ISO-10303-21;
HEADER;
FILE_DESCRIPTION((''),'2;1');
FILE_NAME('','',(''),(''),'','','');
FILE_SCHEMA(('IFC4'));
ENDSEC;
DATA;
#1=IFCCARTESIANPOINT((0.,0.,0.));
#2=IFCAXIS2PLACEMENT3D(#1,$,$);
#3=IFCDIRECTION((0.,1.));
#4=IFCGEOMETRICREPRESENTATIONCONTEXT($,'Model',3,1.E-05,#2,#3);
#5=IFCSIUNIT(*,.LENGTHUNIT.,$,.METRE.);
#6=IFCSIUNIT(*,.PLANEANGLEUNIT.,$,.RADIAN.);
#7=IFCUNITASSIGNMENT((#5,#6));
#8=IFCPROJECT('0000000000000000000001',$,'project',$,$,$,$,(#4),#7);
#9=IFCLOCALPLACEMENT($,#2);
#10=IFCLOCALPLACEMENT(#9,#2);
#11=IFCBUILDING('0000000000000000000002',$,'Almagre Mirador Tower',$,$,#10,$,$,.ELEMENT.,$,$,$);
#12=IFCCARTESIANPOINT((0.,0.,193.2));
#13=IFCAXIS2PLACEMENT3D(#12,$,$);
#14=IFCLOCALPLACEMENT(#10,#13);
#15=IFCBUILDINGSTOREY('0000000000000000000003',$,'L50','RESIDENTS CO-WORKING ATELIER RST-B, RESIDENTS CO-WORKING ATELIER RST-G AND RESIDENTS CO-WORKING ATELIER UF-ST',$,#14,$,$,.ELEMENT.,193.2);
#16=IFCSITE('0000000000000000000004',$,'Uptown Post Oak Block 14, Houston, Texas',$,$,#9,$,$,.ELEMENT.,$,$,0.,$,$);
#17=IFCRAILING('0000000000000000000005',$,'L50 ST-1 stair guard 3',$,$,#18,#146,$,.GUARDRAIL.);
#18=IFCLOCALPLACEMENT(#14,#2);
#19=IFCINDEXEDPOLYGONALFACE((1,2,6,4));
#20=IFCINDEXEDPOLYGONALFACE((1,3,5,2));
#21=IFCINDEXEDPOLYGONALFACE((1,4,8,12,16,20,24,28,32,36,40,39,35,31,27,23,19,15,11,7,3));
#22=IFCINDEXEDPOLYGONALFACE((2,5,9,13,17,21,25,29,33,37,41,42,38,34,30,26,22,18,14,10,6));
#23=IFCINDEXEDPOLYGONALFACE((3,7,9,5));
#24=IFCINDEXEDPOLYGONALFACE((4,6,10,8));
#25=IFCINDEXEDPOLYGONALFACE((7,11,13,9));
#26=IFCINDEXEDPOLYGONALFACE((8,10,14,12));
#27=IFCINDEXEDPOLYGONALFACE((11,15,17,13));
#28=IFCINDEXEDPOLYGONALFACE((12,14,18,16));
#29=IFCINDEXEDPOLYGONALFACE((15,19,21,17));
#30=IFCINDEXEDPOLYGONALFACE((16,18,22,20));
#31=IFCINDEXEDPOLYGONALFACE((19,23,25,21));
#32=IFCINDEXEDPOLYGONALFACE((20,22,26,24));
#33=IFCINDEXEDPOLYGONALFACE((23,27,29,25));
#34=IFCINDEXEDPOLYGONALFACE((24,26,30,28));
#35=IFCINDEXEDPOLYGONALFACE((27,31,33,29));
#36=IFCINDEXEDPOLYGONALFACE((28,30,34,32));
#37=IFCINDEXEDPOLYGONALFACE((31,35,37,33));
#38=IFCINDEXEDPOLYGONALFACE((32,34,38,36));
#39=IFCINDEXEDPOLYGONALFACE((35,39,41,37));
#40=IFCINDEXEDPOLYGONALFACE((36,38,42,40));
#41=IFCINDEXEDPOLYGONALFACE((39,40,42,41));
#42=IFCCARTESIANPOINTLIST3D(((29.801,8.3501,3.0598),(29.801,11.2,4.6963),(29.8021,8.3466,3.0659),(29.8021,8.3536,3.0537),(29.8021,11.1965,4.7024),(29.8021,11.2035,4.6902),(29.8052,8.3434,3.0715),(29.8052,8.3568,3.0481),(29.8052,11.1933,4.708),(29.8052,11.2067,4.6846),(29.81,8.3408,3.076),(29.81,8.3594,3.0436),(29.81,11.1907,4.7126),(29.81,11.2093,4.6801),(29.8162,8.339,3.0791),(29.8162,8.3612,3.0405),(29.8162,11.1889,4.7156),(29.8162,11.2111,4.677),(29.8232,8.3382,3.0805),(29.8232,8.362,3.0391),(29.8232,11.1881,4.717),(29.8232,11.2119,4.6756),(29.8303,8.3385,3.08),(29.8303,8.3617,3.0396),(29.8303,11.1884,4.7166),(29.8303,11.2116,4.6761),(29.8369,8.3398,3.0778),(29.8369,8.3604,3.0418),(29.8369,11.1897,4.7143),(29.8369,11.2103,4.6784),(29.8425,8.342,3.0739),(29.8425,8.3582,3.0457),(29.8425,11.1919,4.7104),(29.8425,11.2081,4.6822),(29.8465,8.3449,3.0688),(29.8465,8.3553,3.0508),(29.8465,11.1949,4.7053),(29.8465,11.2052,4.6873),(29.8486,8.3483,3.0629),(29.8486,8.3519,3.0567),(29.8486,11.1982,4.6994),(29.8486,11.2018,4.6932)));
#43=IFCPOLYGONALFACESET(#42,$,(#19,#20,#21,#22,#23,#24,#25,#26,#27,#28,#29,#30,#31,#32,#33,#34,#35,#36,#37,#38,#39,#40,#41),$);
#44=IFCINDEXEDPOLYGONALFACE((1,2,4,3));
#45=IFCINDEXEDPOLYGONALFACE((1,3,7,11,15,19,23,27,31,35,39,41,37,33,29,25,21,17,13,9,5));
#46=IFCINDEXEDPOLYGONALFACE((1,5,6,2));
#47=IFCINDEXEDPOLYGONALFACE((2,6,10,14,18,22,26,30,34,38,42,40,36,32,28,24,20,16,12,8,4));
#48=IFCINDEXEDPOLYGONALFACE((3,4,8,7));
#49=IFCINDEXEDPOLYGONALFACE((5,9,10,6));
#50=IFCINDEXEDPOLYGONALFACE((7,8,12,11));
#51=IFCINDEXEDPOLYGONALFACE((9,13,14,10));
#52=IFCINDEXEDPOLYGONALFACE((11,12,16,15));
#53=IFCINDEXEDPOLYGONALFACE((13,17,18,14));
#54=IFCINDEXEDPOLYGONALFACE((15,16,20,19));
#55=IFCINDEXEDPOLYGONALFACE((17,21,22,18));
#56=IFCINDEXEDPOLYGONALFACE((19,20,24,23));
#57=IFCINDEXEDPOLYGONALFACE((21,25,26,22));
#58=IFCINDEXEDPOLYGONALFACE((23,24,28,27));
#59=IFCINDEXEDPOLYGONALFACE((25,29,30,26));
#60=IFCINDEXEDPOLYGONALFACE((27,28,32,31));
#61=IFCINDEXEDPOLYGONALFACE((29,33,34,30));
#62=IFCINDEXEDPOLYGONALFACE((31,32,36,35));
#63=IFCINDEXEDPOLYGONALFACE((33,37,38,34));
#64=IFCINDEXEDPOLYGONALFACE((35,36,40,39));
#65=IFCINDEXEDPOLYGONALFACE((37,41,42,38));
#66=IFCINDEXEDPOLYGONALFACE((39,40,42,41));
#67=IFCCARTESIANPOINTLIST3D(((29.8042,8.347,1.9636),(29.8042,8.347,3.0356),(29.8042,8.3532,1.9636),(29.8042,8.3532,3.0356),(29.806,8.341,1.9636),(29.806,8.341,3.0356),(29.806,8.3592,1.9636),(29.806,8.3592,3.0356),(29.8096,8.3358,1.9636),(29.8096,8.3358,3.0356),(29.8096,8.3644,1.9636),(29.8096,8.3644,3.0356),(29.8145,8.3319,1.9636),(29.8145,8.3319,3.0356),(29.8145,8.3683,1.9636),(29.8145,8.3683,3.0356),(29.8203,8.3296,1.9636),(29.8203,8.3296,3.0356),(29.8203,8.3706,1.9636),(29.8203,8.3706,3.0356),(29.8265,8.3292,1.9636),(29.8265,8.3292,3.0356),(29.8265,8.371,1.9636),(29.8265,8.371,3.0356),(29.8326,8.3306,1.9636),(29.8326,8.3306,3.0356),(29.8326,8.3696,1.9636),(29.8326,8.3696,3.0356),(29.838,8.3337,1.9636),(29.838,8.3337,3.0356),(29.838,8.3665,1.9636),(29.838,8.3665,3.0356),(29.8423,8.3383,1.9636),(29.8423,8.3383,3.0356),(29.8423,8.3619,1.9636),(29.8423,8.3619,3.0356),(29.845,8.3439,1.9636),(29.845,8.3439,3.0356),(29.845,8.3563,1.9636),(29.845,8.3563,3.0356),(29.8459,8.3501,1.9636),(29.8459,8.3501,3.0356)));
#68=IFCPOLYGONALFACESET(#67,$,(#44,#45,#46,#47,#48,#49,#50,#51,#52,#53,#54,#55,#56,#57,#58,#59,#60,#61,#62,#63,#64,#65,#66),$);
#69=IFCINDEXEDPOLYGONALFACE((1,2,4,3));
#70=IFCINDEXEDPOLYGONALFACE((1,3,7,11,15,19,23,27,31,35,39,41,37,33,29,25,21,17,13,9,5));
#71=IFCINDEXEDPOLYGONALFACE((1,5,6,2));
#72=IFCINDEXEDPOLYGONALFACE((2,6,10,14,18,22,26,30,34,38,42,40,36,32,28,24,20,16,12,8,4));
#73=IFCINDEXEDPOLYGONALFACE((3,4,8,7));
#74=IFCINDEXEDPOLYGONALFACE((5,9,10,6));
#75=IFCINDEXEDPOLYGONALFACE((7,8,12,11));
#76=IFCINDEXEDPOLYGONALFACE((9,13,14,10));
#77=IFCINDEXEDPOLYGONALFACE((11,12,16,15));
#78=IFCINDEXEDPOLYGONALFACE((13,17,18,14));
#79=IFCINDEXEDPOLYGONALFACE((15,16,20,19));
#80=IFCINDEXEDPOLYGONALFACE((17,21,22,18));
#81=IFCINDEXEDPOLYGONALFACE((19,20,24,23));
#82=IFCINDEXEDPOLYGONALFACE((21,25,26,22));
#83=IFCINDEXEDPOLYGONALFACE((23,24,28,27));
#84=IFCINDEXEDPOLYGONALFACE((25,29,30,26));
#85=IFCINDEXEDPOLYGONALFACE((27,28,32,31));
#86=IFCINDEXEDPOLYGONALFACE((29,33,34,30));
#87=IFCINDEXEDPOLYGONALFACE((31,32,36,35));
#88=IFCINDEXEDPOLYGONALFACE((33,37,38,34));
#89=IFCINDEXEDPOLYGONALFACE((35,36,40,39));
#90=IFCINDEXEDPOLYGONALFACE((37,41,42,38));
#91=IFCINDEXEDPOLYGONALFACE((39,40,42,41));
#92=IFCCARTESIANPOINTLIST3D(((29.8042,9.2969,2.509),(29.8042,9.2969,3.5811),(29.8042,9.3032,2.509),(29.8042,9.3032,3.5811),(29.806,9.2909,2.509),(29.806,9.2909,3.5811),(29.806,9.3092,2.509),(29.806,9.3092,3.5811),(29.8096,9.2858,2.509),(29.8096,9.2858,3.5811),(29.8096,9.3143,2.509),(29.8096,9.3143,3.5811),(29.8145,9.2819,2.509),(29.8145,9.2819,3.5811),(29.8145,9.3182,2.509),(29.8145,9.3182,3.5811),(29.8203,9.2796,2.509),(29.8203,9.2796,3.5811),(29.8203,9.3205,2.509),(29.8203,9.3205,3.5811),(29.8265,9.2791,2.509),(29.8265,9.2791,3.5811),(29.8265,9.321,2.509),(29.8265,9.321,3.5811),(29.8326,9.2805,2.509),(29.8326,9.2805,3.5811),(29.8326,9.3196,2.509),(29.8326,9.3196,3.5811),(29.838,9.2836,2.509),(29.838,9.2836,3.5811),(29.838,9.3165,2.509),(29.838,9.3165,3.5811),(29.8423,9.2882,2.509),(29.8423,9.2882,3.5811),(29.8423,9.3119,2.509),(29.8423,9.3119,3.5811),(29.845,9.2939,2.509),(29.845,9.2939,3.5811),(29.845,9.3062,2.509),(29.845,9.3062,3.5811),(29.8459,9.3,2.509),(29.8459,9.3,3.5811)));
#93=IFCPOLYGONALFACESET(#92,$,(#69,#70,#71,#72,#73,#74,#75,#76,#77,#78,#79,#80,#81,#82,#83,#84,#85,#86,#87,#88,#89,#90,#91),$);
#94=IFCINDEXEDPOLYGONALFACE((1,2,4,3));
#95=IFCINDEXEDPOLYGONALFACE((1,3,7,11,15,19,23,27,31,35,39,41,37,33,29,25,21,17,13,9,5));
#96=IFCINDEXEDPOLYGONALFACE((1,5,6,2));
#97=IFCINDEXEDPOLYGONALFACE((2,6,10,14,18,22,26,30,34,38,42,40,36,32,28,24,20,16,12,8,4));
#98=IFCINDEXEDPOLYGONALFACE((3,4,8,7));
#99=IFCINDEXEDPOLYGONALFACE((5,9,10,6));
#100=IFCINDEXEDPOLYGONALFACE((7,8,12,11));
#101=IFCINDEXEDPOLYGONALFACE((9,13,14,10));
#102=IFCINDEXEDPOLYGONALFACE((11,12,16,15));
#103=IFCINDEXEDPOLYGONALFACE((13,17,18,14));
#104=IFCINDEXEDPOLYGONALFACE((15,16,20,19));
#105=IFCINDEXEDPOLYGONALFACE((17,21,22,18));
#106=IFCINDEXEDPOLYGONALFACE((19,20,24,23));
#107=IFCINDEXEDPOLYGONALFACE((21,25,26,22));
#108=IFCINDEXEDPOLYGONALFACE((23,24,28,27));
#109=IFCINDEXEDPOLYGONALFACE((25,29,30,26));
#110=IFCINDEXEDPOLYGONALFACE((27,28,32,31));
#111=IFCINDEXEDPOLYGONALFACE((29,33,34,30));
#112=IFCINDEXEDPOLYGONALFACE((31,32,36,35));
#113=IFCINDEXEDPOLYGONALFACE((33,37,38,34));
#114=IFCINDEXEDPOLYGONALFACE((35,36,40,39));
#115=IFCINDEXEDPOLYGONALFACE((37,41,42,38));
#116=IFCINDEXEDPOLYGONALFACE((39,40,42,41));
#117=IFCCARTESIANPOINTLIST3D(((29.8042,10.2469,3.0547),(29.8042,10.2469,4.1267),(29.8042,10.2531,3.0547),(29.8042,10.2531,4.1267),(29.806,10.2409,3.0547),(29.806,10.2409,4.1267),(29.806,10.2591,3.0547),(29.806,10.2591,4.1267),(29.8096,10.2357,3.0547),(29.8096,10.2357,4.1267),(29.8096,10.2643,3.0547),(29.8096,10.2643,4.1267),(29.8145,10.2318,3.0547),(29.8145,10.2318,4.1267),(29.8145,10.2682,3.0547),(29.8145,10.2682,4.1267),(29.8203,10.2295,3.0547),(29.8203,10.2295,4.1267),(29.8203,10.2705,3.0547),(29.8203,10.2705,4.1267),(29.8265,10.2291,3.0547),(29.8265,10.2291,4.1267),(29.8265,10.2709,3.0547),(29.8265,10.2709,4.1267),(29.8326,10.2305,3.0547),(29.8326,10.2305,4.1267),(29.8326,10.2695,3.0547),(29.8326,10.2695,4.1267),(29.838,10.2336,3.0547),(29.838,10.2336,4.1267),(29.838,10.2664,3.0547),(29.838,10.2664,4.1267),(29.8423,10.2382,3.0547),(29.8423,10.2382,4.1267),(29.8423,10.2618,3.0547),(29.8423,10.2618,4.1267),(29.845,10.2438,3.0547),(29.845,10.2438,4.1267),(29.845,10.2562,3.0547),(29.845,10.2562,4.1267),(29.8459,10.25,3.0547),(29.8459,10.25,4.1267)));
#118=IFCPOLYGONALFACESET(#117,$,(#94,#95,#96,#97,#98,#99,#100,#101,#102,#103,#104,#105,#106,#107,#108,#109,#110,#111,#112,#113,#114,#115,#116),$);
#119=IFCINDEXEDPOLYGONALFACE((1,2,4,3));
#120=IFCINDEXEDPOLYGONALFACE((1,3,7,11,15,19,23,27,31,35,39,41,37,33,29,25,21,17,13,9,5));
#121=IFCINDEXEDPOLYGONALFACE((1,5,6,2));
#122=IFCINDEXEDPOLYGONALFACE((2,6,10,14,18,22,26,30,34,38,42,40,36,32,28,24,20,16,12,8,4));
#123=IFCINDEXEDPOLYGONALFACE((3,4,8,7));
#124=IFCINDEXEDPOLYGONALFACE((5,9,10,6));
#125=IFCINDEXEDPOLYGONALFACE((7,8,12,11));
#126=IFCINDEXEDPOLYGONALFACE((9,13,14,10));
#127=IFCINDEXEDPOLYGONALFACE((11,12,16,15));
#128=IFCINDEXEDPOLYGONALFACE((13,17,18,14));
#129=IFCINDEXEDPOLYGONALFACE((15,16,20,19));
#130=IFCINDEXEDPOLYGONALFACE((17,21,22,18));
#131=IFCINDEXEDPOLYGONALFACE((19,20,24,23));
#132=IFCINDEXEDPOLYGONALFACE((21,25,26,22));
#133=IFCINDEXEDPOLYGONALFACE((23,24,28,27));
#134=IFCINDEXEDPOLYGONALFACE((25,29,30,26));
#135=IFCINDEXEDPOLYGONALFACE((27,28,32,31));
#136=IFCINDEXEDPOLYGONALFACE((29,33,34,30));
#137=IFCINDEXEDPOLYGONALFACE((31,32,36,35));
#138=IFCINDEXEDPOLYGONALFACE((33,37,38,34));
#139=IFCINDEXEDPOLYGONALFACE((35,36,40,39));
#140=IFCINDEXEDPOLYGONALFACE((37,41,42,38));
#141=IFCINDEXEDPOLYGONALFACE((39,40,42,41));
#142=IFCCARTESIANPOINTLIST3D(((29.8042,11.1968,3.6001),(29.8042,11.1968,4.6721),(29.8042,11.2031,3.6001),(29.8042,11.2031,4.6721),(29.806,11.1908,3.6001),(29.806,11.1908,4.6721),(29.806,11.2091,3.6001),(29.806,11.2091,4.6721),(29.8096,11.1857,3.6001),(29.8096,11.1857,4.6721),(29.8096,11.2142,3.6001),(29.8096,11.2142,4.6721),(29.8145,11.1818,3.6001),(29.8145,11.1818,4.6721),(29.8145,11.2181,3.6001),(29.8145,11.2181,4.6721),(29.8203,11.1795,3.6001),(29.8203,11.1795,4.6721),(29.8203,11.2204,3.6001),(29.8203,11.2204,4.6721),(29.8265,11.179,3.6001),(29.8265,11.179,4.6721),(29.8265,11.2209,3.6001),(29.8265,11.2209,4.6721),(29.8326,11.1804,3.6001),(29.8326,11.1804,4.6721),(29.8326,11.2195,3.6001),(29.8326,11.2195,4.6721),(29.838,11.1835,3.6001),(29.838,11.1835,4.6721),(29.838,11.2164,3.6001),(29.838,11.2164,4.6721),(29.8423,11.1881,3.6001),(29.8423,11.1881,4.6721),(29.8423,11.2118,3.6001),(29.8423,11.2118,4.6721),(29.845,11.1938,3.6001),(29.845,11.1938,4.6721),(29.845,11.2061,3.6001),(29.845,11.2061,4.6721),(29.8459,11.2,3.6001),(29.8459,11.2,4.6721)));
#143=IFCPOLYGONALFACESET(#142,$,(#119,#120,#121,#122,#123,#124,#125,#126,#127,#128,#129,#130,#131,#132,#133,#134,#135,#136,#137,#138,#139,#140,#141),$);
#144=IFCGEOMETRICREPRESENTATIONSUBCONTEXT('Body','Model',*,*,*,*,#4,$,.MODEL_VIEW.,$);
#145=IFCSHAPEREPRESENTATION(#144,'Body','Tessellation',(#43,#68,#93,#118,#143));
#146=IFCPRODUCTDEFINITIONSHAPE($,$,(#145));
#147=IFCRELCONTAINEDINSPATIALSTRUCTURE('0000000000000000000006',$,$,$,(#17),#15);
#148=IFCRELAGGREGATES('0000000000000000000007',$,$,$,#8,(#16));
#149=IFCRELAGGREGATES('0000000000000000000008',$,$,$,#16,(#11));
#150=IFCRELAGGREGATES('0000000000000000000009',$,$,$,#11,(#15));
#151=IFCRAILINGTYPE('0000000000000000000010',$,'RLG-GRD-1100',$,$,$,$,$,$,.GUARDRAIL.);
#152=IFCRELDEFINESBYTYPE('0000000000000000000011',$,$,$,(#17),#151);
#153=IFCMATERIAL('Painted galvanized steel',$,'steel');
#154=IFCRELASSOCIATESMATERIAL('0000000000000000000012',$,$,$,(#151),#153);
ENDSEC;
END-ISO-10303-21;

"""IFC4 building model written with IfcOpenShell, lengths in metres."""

from ifc_helpers import new_model, si_unit, direction, frame, origin, origin_2d, place, context, subcontext, project, spatial, circle, extrude, material, type_object, element, save


model = new_model("IFC4")

# Units and contexts
model_context = context("Model", 3, precision=1e-05, world=origin(), true_north=direction((0.0, 1.0)))
body_context = subcontext(model_context, "Body", "Model", "MODEL_VIEW")
ifc_project = project(units=[si_unit("LENGTHUNIT", "METRE"), si_unit("PLANEANGLEUNIT", "RADIAN")], contexts=[model_context])

# Site, building, storey
site_placement = place(None, origin())
site = spatial("IfcSite", under=ifc_project, at=site_placement, Name="Uptown Post Oak Block 14, Houston, Texas", CompositionType="ELEMENT", RefElevation=0.0)
building_placement = place(site_placement, origin())
building = spatial("IfcBuilding", under=site, at=building_placement, Name="Almagre Mirador Tower", CompositionType="ELEMENT")
storey_placement = place(building_placement, frame((0.0, 0.0, 193.2)))
storey = spatial("IfcBuildingStorey", under=building, at=storey_placement, Name="L50", Description="RESIDENTS CO-WORKING ATELIER RST-B, RESIDENTS CO-WORKING ATELIER RST-G AND RESIDENTS CO-WORKING ATELIER UF-ST", CompositionType="ELEMENT", Elevation=193.2)

# Railing
ifc_material_1 = material(Name="Painted galvanized steel", Category="steel")
railing_type_1 = type_object("IfcRailingType", Name="RLG-GRD-1100", PredefinedType="GUARDRAIL", material=ifc_material_1)
railing_1_placement = place(storey_placement, frame((29.825, 8.3501, 1.9636)))
element("IfcRailing", 1, at=railing_1_placement, inside=storey, type_object=railing_type_1, Name="L50 ST-1 stair guard 3", PredefinedType="GUARDRAIL", context=body_context, shape_type="SweptSolid", body=[
    extrude(circle(Radius=0.0239, at=origin_2d()), frame((0.0, 0.0, 1.0962), z_axis=(0.0, 0.867194, 0.49797), x_axis=(-1.0, 0.0, 0.0)), (0.0, 0.0, 1.0), 3.2864),
    extrude(circle(Radius=0.021, at=origin_2d()), origin(), (0.0, 0.0, 1.0), 1.072),
    extrude(circle(Radius=0.021, at=origin_2d()), frame((0.0, 0.95, 0.5454)), (0.0, 0.0, 1.0), 1.072),
    extrude(circle(Radius=0.021, at=origin_2d()), frame((0.0, 1.8999, 1.0911)), (0.0, 0.0, 1.0), 1.072),
    extrude(circle(Radius=0.021, at=origin_2d()), frame((0.0, 2.8499, 1.6365)), (0.0, 0.0, 1.0), 1.072),
])

save(model, "model.ifc")
